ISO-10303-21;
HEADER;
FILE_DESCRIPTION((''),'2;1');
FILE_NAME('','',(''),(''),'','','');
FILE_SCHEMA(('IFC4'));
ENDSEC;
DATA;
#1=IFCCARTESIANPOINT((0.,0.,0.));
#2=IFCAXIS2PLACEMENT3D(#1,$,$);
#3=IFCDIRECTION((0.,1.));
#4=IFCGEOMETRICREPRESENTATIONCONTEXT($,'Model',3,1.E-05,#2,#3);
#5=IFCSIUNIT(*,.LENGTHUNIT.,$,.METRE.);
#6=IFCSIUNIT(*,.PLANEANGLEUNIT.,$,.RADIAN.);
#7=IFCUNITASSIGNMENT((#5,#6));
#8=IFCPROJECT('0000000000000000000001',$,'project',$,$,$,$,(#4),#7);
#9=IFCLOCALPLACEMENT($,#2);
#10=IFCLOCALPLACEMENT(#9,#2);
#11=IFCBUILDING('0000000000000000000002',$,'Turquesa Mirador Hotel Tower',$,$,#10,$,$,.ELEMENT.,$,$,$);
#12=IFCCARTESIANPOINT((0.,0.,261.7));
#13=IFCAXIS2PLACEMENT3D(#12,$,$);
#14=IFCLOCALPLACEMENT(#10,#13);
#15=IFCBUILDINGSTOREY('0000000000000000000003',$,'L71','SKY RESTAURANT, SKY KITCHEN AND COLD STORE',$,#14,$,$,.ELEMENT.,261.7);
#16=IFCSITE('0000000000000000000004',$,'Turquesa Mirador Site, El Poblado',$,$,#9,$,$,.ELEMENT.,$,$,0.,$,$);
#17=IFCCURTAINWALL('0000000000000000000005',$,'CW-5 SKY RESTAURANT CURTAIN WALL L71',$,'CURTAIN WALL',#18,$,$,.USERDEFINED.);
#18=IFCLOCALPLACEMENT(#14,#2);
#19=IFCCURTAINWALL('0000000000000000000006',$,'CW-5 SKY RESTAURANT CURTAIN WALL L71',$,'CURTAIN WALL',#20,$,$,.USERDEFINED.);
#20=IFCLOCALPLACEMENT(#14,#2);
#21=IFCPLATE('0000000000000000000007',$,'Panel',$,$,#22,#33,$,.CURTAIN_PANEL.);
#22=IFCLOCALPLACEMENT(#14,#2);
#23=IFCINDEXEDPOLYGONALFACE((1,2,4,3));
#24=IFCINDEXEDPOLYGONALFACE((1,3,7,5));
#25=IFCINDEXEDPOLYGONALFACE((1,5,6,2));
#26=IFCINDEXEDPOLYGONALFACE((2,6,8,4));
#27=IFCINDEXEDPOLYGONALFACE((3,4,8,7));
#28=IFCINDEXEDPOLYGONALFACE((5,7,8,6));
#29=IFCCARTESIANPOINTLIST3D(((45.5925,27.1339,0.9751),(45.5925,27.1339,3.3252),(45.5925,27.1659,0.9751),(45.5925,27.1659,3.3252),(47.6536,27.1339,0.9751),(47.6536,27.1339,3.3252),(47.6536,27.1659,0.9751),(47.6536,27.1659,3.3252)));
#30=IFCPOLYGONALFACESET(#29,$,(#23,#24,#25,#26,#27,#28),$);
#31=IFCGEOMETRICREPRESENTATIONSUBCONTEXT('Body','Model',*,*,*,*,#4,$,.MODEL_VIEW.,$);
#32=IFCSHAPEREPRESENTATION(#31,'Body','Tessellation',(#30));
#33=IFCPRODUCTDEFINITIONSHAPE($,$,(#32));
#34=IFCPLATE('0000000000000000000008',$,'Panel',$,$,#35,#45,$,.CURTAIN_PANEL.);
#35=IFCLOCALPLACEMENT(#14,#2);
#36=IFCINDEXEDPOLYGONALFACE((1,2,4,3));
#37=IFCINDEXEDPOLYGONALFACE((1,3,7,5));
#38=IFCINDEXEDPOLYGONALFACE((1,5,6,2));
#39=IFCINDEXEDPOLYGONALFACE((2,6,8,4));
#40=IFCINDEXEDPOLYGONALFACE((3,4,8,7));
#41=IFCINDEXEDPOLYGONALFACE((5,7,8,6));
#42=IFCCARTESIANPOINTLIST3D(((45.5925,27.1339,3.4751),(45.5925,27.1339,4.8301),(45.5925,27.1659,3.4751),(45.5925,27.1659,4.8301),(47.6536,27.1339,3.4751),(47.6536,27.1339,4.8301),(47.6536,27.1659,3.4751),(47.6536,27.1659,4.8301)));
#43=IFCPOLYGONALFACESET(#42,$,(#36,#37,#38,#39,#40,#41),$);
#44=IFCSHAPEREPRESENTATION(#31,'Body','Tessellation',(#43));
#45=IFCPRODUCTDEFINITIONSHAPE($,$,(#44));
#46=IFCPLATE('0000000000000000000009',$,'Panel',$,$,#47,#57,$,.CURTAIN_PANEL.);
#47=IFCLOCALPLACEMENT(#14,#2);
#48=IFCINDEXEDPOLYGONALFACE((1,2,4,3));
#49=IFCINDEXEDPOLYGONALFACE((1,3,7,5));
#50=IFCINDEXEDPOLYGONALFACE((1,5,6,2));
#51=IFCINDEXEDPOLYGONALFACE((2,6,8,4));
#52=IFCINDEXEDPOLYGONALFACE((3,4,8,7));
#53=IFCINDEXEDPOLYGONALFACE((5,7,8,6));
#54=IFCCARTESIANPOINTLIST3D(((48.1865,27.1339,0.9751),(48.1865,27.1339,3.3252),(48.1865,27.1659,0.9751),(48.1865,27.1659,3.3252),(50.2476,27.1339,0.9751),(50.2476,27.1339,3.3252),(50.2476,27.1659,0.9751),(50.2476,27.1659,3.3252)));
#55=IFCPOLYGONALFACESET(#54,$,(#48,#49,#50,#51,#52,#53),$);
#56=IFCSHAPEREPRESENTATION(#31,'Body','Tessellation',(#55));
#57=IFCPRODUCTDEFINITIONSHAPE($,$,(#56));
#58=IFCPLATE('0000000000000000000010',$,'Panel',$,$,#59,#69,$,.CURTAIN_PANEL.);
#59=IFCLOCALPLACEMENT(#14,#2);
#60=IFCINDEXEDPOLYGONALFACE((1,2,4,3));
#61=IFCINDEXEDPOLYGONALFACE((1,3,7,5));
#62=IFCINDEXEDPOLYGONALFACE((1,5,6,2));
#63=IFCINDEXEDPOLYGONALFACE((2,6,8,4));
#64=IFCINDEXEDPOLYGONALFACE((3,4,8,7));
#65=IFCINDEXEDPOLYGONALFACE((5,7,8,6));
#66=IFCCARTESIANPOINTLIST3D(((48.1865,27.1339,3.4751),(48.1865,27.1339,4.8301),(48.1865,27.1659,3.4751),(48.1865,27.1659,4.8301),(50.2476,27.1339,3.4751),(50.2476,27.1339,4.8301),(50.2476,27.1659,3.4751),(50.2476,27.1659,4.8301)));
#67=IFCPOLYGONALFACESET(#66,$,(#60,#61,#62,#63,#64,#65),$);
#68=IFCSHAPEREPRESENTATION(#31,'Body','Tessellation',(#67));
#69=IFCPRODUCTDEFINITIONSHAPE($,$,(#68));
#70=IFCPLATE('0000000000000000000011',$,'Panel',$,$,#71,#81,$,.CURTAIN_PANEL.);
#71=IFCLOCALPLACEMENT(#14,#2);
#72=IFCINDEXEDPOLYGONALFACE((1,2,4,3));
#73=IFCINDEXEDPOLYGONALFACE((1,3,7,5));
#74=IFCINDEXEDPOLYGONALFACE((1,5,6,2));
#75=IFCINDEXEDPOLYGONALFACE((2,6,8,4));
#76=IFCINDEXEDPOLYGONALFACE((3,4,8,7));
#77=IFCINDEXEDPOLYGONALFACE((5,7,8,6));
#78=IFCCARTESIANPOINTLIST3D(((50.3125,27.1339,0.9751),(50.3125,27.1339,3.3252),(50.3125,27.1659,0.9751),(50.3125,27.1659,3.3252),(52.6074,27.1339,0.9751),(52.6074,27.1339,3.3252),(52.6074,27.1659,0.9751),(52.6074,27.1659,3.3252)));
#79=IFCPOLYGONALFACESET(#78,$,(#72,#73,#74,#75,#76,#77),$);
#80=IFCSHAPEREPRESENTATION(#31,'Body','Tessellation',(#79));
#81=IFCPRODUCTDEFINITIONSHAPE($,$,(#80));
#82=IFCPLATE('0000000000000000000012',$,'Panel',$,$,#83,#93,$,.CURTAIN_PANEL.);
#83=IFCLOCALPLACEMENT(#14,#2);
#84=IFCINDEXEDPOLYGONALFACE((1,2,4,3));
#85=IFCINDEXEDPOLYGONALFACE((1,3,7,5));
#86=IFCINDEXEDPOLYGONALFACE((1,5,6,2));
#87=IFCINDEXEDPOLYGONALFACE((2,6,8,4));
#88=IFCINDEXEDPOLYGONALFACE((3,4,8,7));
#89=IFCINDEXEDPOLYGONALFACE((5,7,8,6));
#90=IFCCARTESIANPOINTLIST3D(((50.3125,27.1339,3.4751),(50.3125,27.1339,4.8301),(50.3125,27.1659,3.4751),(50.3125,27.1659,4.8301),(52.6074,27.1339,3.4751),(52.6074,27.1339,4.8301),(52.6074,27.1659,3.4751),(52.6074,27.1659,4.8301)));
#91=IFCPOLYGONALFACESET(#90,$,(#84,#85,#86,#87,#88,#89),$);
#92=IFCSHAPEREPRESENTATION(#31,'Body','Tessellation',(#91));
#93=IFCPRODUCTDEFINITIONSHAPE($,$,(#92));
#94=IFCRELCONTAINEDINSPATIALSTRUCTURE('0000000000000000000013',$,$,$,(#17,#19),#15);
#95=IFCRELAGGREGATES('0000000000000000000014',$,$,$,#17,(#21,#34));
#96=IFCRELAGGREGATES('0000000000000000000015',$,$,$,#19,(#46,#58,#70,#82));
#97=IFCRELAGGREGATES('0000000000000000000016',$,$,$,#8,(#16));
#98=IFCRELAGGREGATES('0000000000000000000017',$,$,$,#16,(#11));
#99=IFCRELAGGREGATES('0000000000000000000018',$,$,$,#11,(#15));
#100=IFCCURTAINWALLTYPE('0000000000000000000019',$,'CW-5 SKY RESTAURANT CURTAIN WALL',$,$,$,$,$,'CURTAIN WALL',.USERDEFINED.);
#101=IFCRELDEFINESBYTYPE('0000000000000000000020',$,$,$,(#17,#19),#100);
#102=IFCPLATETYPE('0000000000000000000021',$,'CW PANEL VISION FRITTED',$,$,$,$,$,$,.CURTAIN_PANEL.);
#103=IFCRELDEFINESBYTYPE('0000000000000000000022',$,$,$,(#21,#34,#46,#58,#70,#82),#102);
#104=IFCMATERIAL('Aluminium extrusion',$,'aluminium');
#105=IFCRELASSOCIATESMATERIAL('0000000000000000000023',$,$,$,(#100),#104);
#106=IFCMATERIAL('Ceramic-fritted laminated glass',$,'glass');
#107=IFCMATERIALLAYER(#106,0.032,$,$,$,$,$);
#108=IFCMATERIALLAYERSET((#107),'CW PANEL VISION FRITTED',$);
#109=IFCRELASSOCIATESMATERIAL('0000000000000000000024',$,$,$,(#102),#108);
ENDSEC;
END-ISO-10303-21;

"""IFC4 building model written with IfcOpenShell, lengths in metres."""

from ifc_helpers import new_model, si_unit, direction, frame, origin, origin_2d, place, context, subcontext, project, spatial, rectangle, extrude, material, layer, layer_set, type_object, element, aggregate, save


model = new_model("IFC4")

# Units and contexts
model_context = context("Model", 3, precision=1e-05, world=origin(), true_north=direction((0.0, 1.0)))
body_context = subcontext(model_context, "Body", "Model", "MODEL_VIEW")
ifc_project = project(units=[si_unit("LENGTHUNIT", "METRE"), si_unit("PLANEANGLEUNIT", "RADIAN")], contexts=[model_context])

# Site, building, storey
site_placement = place(None, origin())
site = spatial("IfcSite", under=ifc_project, at=site_placement, Name="Turquesa Mirador Site, El Poblado", CompositionType="ELEMENT", RefElevation=0.0)
building_placement = place(site_placement, origin())
building = spatial("IfcBuilding", under=site, at=building_placement, Name="Turquesa Mirador Hotel Tower", CompositionType="ELEMENT")
storey_placement = place(building_placement, frame((0.0, 0.0, 261.7)))
storey = spatial("IfcBuildingStorey", under=building, at=storey_placement, Name="L71", Description="SKY RESTAURANT, SKY KITCHEN AND COLD STORE", CompositionType="ELEMENT", Elevation=261.7)

# Curtain walls
ifc_material_1 = material(Name="Aluminium extrusion", Category="aluminium")
curtain_wall_type = type_object("IfcCurtainWallType", Name="CW-5 SKY RESTAURANT CURTAIN WALL", ElementType="CURTAIN WALL", PredefinedType="USERDEFINED", material=ifc_material_1)
curtain_wall_1_placement = place(storey_placement, origin())
curtain_wall_1 = element("IfcCurtainWall", 1, at=curtain_wall_1_placement, inside=storey, type_object=curtain_wall_type, Name="CW-5 SKY RESTAURANT CURTAIN WALL L71", ObjectType="CURTAIN WALL", PredefinedType="USERDEFINED")
curtain_wall_2_placement = place(storey_placement, origin())
curtain_wall_2 = element("IfcCurtainWall", 2, at=curtain_wall_2_placement, inside=storey, type_object=curtain_wall_type, Name="CW-5 SKY RESTAURANT CURTAIN WALL L71", ObjectType="CURTAIN WALL", PredefinedType="USERDEFINED")

# Plates
ifc_material_2 = material(Name="Ceramic-fritted laminated glass", Category="glass")
ifc_layer_1 = layer(ifc_material_2, 0.032)
ifc_layer_set_1 = layer_set([ifc_layer_1], Name="CW PANEL VISION FRITTED")
plate_type_1 = type_object("IfcPlateType", Name="CW PANEL VISION FRITTED", PredefinedType="CURTAIN_PANEL", material=ifc_layer_set_1)
plate_1_placement = place(storey_placement, frame((46.623, 27.1499, 0.9751), z_axis=(0.0, 0.0, 1.0), x_axis=(1.0, 0.0, 0.0)))
plate_1 = element("IfcPlate", 3, at=plate_1_placement, type_object=plate_type_1, Name="Panel", PredefinedType="CURTAIN_PANEL", context=body_context, shape_type="SweptSolid", body=[
    extrude(rectangle(XDim=2.061, YDim=0.032, at=origin_2d()), origin(), (0.0, 0.0, 1.0), 2.3501),
])
plate_2_placement = place(storey_placement, frame((46.623, 27.1499, 3.4751), z_axis=(0.0, 0.0, 1.0), x_axis=(1.0, 0.0, 0.0)))
plate_2 = element("IfcPlate", 4, at=plate_2_placement, type_object=plate_type_1, Name="Panel", PredefinedType="CURTAIN_PANEL", context=body_context, shape_type="SweptSolid", body=[
    extrude(rectangle(XDim=2.061, YDim=0.032, at=origin_2d()), origin(), (0.0, 0.0, 1.0), 1.355),
])
aggregate(curtain_wall_1, [plate_1, plate_2])
plate_3_placement = place(storey_placement, frame((49.217, 27.1499, 0.9751), z_axis=(0.0, 0.0, 1.0), x_axis=(1.0, 0.0, 0.0)))
plate_3 = element("IfcPlate", 5, at=plate_3_placement, type_object=plate_type_1, Name="Panel", PredefinedType="CURTAIN_PANEL", context=body_context, shape_type="SweptSolid", body=[
    extrude(rectangle(XDim=2.061, YDim=0.032, at=origin_2d()), origin(), (0.0, 0.0, 1.0), 2.3501),
])
plate_4_placement = place(storey_placement, frame((49.217, 27.1499, 3.4751), z_axis=(0.0, 0.0, 1.0), x_axis=(1.0, 0.0, 0.0)))
plate_4 = element("IfcPlate", 6, at=plate_4_placement, type_object=plate_type_1, Name="Panel", PredefinedType="CURTAIN_PANEL", context=body_context, shape_type="SweptSolid", body=[
    extrude(rectangle(XDim=2.061, YDim=0.032, at=origin_2d()), origin(), (0.0, 0.0, 1.0), 1.355),
])
plate_5_placement = place(storey_placement, frame((51.46, 27.1499, 0.9751), z_axis=(0.0, 0.0, 1.0), x_axis=(1.0, 0.0, 0.0)))
plate_5 = element("IfcPlate", 7, at=plate_5_placement, type_object=plate_type_1, Name="Panel", PredefinedType="CURTAIN_PANEL", context=body_context, shape_type="SweptSolid", body=[
    extrude(rectangle(XDim=2.2949, YDim=0.032, at=origin_2d()), origin(), (0.0, 0.0, 1.0), 2.3501),
])
plate_6_placement = place(storey_placement, frame((51.46, 27.1499, 3.4751), z_axis=(0.0, 0.0, 1.0), x_axis=(1.0, 0.0, 0.0)))
plate_6 = element("IfcPlate", 8, at=plate_6_placement, type_object=plate_type_1, Name="Panel", PredefinedType="CURTAIN_PANEL", context=body_context, shape_type="SweptSolid", body=[
    extrude(rectangle(XDim=2.2949, YDim=0.032, at=origin_2d()), origin(), (0.0, 0.0, 1.0), 1.355),
])
aggregate(curtain_wall_2, [plate_3, plate_4, plate_5, plate_6])

save(model, "model.ifc")
